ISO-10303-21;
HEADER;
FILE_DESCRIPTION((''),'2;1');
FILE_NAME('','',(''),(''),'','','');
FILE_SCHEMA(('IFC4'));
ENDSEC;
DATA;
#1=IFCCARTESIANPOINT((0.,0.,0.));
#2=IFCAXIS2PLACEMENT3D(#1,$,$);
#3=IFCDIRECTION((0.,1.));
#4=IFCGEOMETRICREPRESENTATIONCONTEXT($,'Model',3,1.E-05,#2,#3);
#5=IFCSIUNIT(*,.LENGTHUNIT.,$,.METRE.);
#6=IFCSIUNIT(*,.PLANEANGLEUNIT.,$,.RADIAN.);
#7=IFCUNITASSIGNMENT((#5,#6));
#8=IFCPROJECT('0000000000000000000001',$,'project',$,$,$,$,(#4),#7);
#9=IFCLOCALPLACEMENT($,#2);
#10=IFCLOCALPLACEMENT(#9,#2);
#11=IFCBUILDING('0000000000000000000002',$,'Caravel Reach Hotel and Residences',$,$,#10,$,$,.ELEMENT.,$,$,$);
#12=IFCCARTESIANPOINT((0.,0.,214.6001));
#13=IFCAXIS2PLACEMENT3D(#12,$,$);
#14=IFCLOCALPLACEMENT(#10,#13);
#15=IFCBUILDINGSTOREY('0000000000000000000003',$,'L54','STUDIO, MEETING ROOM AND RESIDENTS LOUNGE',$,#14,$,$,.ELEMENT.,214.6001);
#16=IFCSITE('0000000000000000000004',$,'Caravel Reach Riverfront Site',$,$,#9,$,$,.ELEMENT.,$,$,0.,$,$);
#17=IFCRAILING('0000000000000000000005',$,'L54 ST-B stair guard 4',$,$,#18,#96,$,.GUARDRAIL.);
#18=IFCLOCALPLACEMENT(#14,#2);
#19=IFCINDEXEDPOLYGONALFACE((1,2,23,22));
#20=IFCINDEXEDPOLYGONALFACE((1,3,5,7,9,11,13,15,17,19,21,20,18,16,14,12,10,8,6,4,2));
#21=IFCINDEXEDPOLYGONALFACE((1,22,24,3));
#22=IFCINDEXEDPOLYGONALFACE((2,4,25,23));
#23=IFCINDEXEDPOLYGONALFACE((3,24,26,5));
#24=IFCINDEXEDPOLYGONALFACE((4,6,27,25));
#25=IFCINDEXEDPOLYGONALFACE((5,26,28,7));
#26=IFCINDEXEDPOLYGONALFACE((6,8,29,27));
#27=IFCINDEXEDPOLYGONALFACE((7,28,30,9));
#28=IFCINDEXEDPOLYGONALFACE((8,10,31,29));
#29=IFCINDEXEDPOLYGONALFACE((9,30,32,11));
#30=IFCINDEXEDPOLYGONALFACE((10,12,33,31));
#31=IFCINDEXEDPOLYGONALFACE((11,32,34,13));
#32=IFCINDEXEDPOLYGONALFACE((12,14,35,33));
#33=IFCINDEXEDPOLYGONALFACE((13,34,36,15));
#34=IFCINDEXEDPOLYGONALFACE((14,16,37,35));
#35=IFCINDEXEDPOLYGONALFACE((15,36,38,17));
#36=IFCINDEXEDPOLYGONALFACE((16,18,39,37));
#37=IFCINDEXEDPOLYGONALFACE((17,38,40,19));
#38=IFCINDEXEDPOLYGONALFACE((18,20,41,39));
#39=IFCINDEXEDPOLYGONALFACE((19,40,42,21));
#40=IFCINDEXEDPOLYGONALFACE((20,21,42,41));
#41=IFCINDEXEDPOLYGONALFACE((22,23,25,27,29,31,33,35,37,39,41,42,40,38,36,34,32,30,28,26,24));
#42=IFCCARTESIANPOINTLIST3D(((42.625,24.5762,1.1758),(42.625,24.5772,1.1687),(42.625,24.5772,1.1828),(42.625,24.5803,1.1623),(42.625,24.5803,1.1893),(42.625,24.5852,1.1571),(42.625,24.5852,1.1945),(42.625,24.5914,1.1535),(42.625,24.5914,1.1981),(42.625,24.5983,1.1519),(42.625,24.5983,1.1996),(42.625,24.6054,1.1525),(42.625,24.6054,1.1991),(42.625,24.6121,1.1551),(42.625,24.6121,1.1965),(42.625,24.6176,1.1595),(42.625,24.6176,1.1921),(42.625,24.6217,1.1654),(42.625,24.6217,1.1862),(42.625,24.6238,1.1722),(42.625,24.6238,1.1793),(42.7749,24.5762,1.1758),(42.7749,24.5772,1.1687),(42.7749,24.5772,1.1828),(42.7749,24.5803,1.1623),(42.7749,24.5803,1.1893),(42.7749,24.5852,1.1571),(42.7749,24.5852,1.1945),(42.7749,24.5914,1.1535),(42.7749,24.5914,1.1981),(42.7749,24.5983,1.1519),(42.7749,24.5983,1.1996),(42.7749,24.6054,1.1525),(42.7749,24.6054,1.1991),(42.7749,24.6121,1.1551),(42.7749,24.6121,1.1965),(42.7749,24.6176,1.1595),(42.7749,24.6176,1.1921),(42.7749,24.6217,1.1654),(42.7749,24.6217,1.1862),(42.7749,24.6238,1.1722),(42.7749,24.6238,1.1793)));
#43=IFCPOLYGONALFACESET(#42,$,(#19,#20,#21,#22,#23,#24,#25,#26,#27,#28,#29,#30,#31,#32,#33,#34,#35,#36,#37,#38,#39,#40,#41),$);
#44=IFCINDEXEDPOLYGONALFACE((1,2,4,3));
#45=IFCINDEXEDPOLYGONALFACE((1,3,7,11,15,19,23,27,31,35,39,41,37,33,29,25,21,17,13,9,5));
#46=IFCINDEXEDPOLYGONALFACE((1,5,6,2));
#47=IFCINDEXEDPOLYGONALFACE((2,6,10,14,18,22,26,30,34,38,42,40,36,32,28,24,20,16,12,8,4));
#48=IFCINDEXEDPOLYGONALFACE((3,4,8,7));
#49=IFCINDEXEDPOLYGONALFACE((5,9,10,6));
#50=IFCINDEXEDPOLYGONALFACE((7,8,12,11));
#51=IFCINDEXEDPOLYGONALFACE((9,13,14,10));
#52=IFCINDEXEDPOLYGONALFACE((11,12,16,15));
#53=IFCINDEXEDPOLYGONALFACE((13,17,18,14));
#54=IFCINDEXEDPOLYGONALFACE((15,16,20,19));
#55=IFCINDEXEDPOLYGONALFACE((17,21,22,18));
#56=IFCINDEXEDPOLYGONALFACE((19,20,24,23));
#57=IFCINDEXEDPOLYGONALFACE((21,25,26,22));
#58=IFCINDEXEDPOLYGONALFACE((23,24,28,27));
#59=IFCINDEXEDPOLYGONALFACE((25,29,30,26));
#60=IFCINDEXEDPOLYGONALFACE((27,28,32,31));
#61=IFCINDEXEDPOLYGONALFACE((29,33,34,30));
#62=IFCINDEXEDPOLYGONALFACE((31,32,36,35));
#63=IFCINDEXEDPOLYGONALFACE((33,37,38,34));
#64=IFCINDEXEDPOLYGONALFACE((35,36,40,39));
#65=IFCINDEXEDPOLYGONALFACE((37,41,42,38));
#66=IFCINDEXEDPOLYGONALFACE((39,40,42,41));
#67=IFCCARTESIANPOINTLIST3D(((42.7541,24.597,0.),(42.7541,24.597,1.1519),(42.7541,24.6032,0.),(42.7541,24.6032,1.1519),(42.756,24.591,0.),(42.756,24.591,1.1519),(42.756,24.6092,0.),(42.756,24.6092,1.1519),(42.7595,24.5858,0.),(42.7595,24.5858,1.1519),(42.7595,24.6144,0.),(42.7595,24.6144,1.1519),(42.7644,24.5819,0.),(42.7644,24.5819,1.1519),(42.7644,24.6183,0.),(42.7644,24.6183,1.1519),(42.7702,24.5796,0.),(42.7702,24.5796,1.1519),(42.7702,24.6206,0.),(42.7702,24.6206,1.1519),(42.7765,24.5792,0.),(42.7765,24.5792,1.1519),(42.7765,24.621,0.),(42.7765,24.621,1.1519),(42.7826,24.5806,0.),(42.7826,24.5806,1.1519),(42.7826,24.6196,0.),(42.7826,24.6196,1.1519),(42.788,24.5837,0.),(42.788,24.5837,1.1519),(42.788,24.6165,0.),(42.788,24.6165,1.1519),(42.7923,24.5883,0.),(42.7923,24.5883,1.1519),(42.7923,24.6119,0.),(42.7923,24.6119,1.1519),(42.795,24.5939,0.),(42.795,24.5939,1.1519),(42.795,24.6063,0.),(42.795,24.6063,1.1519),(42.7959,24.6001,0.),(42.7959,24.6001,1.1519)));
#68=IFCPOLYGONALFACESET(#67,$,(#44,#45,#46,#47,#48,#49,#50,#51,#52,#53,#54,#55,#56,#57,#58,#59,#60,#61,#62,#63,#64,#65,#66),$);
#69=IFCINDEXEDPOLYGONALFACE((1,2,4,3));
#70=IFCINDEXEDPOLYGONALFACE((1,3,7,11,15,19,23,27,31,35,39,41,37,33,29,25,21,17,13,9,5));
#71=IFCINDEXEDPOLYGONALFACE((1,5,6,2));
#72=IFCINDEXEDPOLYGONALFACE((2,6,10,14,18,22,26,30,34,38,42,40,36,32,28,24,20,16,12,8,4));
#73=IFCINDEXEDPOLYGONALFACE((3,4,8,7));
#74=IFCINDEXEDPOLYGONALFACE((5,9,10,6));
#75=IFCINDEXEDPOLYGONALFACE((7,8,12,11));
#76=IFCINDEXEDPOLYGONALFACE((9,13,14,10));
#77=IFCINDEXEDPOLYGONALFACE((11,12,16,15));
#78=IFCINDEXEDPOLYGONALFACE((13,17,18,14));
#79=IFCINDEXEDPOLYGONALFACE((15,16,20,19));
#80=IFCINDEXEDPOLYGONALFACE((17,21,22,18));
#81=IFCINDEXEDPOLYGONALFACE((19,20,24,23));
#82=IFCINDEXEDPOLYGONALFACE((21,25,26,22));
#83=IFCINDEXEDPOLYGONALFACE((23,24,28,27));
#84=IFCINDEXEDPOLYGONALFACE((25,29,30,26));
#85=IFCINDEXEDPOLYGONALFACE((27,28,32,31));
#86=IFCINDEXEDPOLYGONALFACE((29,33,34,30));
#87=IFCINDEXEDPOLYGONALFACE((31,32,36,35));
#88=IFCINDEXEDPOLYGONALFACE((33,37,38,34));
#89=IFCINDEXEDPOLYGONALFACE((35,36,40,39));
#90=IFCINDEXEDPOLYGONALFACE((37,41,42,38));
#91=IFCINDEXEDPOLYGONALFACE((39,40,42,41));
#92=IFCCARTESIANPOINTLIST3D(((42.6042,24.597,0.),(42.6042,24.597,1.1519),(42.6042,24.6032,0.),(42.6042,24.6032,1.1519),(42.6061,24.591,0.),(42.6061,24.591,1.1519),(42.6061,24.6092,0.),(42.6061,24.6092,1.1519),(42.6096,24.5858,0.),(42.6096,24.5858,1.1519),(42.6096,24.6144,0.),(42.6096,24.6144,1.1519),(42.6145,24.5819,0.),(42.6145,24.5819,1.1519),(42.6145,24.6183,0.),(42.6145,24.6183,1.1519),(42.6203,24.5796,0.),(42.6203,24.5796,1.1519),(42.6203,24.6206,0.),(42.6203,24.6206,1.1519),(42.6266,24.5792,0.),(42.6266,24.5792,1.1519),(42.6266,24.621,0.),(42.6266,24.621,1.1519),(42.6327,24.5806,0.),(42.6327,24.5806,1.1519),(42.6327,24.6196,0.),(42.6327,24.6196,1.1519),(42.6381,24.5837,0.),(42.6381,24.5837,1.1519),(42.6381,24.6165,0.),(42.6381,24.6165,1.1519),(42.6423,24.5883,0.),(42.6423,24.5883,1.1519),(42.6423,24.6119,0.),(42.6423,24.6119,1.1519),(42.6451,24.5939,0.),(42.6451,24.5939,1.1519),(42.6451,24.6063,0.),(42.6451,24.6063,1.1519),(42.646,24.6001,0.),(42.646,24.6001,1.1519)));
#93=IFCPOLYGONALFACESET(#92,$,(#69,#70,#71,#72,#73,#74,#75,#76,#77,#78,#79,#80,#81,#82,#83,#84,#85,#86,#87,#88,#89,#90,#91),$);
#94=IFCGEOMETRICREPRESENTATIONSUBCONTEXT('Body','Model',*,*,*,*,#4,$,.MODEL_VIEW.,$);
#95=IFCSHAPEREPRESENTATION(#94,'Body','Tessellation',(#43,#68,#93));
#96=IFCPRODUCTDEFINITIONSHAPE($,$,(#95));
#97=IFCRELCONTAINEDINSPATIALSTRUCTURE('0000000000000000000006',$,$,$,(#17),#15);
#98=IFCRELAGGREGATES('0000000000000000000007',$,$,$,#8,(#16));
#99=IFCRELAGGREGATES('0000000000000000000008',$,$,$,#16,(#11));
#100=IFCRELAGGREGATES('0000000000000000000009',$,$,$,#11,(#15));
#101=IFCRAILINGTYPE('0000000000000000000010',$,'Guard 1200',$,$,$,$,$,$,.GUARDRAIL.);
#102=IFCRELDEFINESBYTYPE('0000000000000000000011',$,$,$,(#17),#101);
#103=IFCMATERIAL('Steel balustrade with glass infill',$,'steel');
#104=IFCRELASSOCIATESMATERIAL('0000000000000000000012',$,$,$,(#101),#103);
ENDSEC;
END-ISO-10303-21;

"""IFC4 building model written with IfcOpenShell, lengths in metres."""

from ifc_helpers import new_model, si_unit, direction, frame, origin, origin_2d, place, context, subcontext, project, spatial, circle, extrude, material, type_object, element, save


model = new_model("IFC4")

# Units and contexts
model_context = context("Model", 3, precision=1e-05, world=origin(), true_north=direction((0.0, 1.0)))
body_context = subcontext(model_context, "Body", "Model", "MODEL_VIEW")
ifc_project = project(units=[si_unit("LENGTHUNIT", "METRE"), si_unit("PLANEANGLEUNIT", "RADIAN")], contexts=[model_context])

# Site, building, storey
site_placement = place(None, origin())
site = spatial("IfcSite", under=ifc_project, at=site_placement, Name="Caravel Reach Riverfront Site", CompositionType="ELEMENT", RefElevation=0.0)
building_placement = place(site_placement, origin())
building = spatial("IfcBuilding", under=site, at=building_placement, Name="Caravel Reach Hotel and Residences", CompositionType="ELEMENT")
storey_placement = place(building_placement, frame((0.0, 0.0, 214.6001)))
storey = spatial("IfcBuildingStorey", under=building, at=storey_placement, Name="L54", Description="STUDIO, MEETING ROOM AND RESIDENTS LOUNGE", CompositionType="ELEMENT", Elevation=214.6001)

# Railing
ifc_material_1 = material(Name="Steel balustrade with glass infill", Category="steel")
railing_type_1 = type_object("IfcRailingType", Name="Guard 1200", PredefinedType="GUARDRAIL", material=ifc_material_1)
railing_1_placement = place(storey_placement, frame((42.7749, 24.6001, 0.0)))
element("IfcRailing", 1, at=railing_1_placement, inside=storey, type_object=railing_type_1, Name="L54 ST-B stair guard 4", PredefinedType="GUARDRAIL", context=body_context, shape_type="SweptSolid", body=[
    extrude(circle(Radius=0.0239, at=origin_2d()), frame((0.0, 0.0, 1.1758), z_axis=(-1.0, 0.0, 0.0), x_axis=(0.0, -1.0, 0.0)), (0.0, 0.0, 1.0), 0.1499),
    extrude(circle(Radius=0.021, at=origin_2d()), origin(), (0.0, 0.0, 1.0), 1.1519),
    extrude(circle(Radius=0.021, at=origin_2d()), frame((-0.1499, 0.0, 0.0)), (0.0, 0.0, 1.0), 1.1519),
])

save(model, "model.ifc")
